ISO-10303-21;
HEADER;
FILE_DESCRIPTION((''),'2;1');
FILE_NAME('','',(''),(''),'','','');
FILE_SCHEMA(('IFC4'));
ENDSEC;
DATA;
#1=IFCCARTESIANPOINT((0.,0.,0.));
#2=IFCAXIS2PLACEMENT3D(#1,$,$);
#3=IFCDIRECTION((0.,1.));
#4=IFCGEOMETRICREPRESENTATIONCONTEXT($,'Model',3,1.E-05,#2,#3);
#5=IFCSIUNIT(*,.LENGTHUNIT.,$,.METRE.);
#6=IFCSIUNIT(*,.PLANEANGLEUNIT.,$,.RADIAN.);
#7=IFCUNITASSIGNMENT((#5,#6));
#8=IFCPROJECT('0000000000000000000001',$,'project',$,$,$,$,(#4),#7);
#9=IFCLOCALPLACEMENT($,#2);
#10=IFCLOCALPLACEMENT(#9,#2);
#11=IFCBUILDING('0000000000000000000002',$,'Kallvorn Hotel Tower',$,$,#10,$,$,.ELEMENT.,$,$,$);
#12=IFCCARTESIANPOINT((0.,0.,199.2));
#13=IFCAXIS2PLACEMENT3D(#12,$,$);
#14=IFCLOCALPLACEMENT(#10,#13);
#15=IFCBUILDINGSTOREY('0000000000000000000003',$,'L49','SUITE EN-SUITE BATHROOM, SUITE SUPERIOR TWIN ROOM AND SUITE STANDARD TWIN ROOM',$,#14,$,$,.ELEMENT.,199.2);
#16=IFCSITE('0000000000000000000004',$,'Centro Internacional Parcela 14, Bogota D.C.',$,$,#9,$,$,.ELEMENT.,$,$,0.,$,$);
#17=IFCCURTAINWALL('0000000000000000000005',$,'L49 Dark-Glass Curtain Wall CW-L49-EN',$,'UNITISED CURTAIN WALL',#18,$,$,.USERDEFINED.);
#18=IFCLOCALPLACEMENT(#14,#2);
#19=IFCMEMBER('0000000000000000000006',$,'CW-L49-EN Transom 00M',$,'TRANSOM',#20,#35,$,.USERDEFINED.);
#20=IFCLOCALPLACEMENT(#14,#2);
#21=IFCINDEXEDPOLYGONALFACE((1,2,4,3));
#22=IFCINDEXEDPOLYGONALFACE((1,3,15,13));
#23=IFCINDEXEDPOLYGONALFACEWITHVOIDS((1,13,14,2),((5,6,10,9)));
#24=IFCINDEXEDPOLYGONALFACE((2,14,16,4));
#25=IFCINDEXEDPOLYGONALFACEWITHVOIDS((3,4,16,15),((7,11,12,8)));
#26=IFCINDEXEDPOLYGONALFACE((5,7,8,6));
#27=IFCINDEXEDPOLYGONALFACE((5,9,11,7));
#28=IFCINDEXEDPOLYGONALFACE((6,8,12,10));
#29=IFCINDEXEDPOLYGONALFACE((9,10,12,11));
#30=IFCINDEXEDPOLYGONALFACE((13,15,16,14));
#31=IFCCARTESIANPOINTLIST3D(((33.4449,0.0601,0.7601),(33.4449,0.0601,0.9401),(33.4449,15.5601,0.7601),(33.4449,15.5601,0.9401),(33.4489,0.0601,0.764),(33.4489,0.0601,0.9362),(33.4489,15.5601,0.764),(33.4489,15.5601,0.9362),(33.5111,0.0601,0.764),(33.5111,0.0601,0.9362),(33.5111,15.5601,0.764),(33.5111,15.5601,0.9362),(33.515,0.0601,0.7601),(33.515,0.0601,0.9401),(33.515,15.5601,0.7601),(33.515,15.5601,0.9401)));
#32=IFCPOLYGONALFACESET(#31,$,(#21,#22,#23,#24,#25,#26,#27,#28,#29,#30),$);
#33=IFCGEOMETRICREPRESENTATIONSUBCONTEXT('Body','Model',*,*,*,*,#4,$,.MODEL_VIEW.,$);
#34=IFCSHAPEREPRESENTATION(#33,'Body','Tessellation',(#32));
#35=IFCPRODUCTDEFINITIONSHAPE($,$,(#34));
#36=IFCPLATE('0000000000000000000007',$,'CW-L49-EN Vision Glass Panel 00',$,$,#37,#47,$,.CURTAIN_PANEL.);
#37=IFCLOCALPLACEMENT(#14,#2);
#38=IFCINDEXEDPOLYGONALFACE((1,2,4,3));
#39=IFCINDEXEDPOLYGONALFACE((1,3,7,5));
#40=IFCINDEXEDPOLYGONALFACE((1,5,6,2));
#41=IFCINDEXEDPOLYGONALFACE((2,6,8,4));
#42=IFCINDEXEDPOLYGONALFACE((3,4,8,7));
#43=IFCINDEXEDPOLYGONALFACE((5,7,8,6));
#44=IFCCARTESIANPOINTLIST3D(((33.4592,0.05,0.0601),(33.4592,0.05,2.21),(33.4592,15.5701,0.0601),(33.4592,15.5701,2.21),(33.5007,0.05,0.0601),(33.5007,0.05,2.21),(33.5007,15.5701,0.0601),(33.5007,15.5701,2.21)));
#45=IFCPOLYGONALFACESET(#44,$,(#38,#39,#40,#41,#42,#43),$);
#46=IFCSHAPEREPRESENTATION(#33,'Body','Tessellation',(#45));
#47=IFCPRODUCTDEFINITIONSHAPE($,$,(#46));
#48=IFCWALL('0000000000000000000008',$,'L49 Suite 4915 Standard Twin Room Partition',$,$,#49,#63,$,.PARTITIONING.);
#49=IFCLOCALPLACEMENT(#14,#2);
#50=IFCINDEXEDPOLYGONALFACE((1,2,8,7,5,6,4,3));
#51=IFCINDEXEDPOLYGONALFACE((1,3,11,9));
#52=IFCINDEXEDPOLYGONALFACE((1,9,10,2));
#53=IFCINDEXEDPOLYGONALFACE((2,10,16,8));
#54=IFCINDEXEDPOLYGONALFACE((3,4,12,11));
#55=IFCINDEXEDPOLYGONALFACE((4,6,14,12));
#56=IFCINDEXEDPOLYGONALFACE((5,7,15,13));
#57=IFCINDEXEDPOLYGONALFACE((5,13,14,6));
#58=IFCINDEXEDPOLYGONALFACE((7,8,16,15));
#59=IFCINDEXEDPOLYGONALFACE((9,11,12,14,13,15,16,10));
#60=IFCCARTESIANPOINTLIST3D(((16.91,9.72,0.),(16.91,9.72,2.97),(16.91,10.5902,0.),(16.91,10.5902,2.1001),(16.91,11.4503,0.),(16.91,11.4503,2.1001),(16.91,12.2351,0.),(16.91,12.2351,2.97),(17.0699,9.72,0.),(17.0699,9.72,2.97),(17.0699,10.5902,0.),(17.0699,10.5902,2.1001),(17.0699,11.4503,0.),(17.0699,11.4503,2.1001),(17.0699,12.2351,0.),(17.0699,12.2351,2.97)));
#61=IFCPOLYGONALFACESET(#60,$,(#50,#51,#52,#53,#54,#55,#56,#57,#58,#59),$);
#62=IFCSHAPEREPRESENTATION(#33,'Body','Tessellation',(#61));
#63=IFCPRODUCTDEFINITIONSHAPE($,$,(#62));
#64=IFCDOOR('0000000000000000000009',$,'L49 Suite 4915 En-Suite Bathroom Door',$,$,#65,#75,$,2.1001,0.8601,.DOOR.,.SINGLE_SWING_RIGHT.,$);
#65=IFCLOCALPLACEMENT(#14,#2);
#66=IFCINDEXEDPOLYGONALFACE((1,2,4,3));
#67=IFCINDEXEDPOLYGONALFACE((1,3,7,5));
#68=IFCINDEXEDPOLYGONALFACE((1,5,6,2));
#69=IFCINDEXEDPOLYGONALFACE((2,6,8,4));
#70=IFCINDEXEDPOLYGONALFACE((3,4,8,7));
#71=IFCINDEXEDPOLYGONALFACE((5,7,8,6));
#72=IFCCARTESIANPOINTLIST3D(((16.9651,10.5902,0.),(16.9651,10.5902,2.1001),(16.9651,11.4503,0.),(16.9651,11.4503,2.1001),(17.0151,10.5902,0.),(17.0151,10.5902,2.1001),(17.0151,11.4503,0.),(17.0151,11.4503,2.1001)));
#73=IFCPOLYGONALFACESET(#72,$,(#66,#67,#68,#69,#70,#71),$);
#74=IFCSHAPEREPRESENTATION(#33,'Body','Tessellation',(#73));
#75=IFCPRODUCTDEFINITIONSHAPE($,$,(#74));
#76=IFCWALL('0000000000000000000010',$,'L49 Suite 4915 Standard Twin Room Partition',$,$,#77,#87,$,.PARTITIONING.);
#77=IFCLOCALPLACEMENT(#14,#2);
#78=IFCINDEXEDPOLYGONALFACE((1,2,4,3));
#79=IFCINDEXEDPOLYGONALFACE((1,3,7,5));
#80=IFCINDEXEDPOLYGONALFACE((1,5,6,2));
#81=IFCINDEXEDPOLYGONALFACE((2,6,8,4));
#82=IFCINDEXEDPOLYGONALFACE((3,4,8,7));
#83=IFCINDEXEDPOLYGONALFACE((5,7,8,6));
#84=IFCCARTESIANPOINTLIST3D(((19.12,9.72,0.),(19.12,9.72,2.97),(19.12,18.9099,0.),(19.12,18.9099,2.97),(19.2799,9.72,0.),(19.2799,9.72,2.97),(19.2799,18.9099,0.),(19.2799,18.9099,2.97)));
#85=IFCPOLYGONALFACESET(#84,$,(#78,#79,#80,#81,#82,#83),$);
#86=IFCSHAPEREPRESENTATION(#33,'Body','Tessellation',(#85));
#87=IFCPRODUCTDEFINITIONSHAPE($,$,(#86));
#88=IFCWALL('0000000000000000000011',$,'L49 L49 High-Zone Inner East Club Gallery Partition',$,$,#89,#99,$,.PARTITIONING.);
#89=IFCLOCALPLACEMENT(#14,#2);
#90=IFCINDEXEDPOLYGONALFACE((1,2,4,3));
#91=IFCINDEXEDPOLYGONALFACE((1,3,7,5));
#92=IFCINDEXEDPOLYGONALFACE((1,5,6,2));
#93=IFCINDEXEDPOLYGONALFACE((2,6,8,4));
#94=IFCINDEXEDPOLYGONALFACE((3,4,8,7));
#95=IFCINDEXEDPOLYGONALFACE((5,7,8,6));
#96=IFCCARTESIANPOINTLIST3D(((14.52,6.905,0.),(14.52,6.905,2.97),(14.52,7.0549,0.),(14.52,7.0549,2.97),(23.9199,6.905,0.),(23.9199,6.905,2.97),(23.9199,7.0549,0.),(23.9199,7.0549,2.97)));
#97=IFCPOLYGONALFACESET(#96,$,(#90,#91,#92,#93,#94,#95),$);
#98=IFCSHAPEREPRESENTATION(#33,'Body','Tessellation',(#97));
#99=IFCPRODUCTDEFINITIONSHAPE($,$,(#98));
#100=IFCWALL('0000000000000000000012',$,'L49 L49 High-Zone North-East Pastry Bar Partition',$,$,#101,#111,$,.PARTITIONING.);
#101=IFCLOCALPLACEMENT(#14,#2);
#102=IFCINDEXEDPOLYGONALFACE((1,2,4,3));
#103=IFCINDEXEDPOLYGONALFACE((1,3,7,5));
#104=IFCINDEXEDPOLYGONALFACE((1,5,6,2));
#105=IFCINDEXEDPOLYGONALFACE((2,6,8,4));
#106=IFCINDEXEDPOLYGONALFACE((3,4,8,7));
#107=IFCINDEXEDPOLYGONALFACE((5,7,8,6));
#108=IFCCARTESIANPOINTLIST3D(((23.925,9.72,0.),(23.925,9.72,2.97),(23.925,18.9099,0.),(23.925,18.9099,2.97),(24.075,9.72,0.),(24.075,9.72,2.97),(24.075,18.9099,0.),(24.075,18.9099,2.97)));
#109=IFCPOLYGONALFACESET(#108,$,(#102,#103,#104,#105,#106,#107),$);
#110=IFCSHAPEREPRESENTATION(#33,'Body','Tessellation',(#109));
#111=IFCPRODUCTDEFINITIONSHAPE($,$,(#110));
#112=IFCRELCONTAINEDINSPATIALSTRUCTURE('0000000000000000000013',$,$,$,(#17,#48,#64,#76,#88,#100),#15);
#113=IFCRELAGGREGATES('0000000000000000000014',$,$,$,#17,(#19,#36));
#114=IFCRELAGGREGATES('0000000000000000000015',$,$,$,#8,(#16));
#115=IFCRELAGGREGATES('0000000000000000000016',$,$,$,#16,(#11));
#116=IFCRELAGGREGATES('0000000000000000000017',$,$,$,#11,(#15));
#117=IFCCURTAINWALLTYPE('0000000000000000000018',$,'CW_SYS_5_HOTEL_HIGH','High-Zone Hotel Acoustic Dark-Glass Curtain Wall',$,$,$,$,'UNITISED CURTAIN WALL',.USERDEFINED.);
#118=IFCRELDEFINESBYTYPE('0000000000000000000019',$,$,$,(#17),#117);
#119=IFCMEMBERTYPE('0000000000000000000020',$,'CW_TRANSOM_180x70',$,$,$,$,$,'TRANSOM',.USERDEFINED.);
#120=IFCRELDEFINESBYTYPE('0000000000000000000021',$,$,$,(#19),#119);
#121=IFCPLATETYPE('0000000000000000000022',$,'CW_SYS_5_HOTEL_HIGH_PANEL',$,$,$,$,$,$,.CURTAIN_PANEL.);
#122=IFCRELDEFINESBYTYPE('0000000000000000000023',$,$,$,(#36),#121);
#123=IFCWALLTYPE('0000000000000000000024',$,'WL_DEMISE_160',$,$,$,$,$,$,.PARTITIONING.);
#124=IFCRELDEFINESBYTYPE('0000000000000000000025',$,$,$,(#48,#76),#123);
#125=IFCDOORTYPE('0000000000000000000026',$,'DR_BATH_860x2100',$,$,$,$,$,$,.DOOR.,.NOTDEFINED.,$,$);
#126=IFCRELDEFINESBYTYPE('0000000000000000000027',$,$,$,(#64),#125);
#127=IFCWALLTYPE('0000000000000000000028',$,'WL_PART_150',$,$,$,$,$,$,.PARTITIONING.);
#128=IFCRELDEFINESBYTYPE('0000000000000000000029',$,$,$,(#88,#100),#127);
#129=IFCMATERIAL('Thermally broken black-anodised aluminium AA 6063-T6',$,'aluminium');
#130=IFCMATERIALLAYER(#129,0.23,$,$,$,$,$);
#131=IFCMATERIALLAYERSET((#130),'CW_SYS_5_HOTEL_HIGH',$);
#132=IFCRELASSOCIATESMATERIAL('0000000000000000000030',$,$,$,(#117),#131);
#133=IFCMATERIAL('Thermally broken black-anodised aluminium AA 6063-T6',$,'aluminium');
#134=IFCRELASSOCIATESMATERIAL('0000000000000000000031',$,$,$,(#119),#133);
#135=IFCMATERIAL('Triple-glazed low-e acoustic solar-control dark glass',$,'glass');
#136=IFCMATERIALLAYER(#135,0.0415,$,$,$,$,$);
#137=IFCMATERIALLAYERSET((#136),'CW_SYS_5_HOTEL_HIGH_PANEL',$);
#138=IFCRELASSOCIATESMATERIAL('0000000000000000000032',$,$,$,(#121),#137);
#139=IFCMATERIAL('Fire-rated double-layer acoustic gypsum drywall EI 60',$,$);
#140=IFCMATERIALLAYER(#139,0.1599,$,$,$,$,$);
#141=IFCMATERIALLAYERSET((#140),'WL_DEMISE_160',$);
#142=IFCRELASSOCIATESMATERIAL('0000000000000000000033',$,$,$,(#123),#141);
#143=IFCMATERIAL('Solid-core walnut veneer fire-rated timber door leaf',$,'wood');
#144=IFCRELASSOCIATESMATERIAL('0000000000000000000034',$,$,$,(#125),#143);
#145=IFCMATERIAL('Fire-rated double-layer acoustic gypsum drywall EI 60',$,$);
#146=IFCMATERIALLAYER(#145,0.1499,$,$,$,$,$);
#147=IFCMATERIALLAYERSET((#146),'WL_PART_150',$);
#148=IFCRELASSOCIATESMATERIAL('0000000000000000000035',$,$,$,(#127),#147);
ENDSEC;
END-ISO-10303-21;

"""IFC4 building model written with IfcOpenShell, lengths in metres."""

from ifc_helpers import new_model, si_unit, direction, frame, frame_2d, origin, origin_2d, place, context, subcontext, project, spatial, rectangle, hollow_rectangle, extrude, material, layer, layer_set, material_profile, profile_set, type_object, element, fill, aggregate, save


model = new_model("IFC4")

# Units and contexts
model_context = context("Model", 3, precision=1e-05, world=origin(), true_north=direction((0.0, 1.0)))
body_context = subcontext(model_context, "Body", "Model", "MODEL_VIEW")
ifc_project = project(units=[si_unit("LENGTHUNIT", "METRE"), si_unit("PLANEANGLEUNIT", "RADIAN")], contexts=[model_context])

# Site, building, storey
site_placement = place(None, origin())
site = spatial("IfcSite", under=ifc_project, at=site_placement, Name="Centro Internacional Parcela 14, Bogota D.C.", CompositionType="ELEMENT", RefElevation=0.0)
building_placement = place(site_placement, origin())
building = spatial("IfcBuilding", under=site, at=building_placement, Name="Kallvorn Hotel Tower", CompositionType="ELEMENT")
storey_placement = place(building_placement, frame((0.0, 0.0, 199.2)))
storey = spatial("IfcBuildingStorey", under=building, at=storey_placement, Name="L49", Description="SUITE EN-SUITE BATHROOM, SUITE SUPERIOR TWIN ROOM AND SUITE STANDARD TWIN ROOM", CompositionType="ELEMENT", Elevation=199.2)

# Curtain wall, member, plate
ifc_material_1 = material(Name="Thermally broken black-anodised aluminium AA 6063-T6", Category="aluminium")
ifc_layer_1 = layer(ifc_material_1, 0.23)
ifc_layer_set_1 = layer_set([ifc_layer_1], Name="CW_SYS_5_HOTEL_HIGH")
curtain_wall_type = type_object("IfcCurtainWallType", Name="CW_SYS_5_HOTEL_HIGH", Description="High-Zone Hotel Acoustic Dark-Glass Curtain Wall", ElementType="UNITISED CURTAIN WALL", PredefinedType="USERDEFINED", material=ifc_layer_set_1)
curtain_wall_placement = place(storey_placement, origin())
curtain_wall = element("IfcCurtainWall", 1, at=curtain_wall_placement, inside=storey, type_object=curtain_wall_type, Name="L49 Dark-Glass Curtain Wall CW-L49-EN", ObjectType="UNITISED CURTAIN WALL", PredefinedType="USERDEFINED")
ifc_material_2 = material(Name="Thermally broken black-anodised aluminium AA 6063-T6", Category="aluminium")
ifc_material_profile_1 = material_profile(ifc_material_2, hollow_rectangle(XDim=0.0701, YDim=0.1799, WallThickness=0.0039, at=origin_2d()), Name="TRN 180x70")
ifc_profile_set_1 = profile_set([ifc_material_profile_1], Name="Thermally broken black-anodised aluminium AA 6063-T6")
member_type_1 = type_object("IfcMemberType", Name="CW_TRANSOM_180x70", ElementType="TRANSOM", PredefinedType="USERDEFINED", material=ifc_profile_set_1)
member_1_placement = place(storey_placement, frame((33.48, 0.0601, 0.8501), z_axis=(0.0, 1.0, 0.0), x_axis=(-1.0, 0.0, 0.0)))
member_1 = element("IfcMember", 2, at=member_1_placement, type_object=member_type_1, Name="CW-L49-EN Transom 00M", ObjectType="TRANSOM", PredefinedType="USERDEFINED", context=body_context, shape_type="SweptSolid", body=[
    extrude(hollow_rectangle(XDim=0.0701, YDim=0.1799, WallThickness=0.0039, at=origin_2d()), origin(), (0.0, 0.0, 1.0), 15.5),
])
ifc_material_3 = material(Name="Triple-glazed low-e acoustic solar-control dark glass", Category="glass")
ifc_layer_2 = layer(ifc_material_3, 0.0415)
ifc_layer_set_2 = layer_set([ifc_layer_2], Name="CW_SYS_5_HOTEL_HIGH_PANEL")
plate_type = type_object("IfcPlateType", Name="CW_SYS_5_HOTEL_HIGH_PANEL", PredefinedType="CURTAIN_PANEL", material=ifc_layer_set_2)
plate_placement = place(storey_placement, frame((33.48, 7.8101, 0.0601), z_axis=(0.0, 0.0, 1.0), x_axis=(0.0, 1.0, 0.0)))
plate = element("IfcPlate", 3, at=plate_placement, type_object=plate_type, Name="CW-L49-EN Vision Glass Panel 00", PredefinedType="CURTAIN_PANEL", context=body_context, shape_type="SweptSolid", body=[
    extrude(rectangle(XDim=15.52, YDim=0.0415, at=origin_2d()), origin(), (0.0, 0.0, 1.0), 2.1499),
])
aggregate(curtain_wall, [member_1, plate])

# Wall, opening, door
ifc_material_4 = material(Name="Fire-rated double-layer acoustic gypsum drywall EI 60")
ifc_layer_3 = layer(ifc_material_4, 0.1599)
ifc_layer_set_3 = layer_set([ifc_layer_3], Name="WL_DEMISE_160")
wall_type_1 = type_object("IfcWallType", Name="WL_DEMISE_160", PredefinedType="PARTITIONING", material=ifc_layer_set_3)
wall_1_placement = place(storey_placement, frame((16.99, 9.72, 0.0), z_axis=(0.0, 0.0, 1.0), x_axis=(0.0, 1.0, 0.0)))
wall_1 = element("IfcWall", 4, at=wall_1_placement, inside=storey, type_object=wall_type_1, Name="L49 Suite 4915 Standard Twin Room Partition", PredefinedType="PARTITIONING", context=body_context, shape_type="SweptSolid", body=[
    extrude(rectangle(XDim=2.5151, YDim=0.1599, at=frame_2d((1.2576, 0.0))), origin(), (0.0, 0.0, 1.0), 2.97),
])
opening_placement = place(wall_1_placement, frame((0.8701, 0.0, 0.0)))
opening = element("IfcOpeningElement", 5, at=opening_placement, cuts=wall_1, PredefinedType="OPENING", context=body_context, shape_type="SweptSolid", body=[
    extrude(rectangle(XDim=0.8601, YDim=2.1001, at=frame_2d((0.4302, 1.05))), frame((0.0, 0.095, 0.0), z_axis=(0.0, -1.0, 0.0), x_axis=(1.0, 0.0, 0.0)), (0.0, 0.0, 1.0), 0.1899),
])
ifc_material_5 = material(Name="Solid-core walnut veneer fire-rated timber door leaf", Category="wood")
door_type = type_object("IfcDoorType", Name="DR_BATH_860x2100", OperationType="NOTDEFINED", PredefinedType="DOOR", material=ifc_material_5)
door_placement = place(opening_placement, origin())
door = element("IfcDoor", 6, at=door_placement, inside=storey, type_object=door_type, Name="L49 Suite 4915 En-Suite Bathroom Door", OperationType="SINGLE_SWING_RIGHT", OverallHeight=2.1001, OverallWidth=0.8601, PredefinedType="DOOR", context=body_context, shape_type="SweptSolid", body=[
    extrude(rectangle(XDim=0.8601, YDim=2.1001, at=frame_2d((0.4302, 1.05))), frame((0.0, 0.0249, 0.0), z_axis=(0.0, -1.0, 0.0), x_axis=(1.0, 0.0, 0.0)), (0.0, 0.0, 1.0), 0.05),
])
fill(opening, door)

# Walls
wall_2_placement = place(storey_placement, frame((19.2, 9.72, 0.0), z_axis=(0.0, 0.0, 1.0), x_axis=(0.0, 1.0, 0.0)))
element("IfcWall", 7, at=wall_2_placement, inside=storey, type_object=wall_type_1, Name="L49 Suite 4915 Standard Twin Room Partition", PredefinedType="PARTITIONING", context=body_context, shape_type="SweptSolid", body=[
    extrude(rectangle(XDim=9.1899, YDim=0.1599, at=frame_2d((4.595, 0.0))), origin(), (0.0, 0.0, 1.0), 2.97),
])
ifc_material_6 = material(Name="Fire-rated double-layer acoustic gypsum drywall EI 60")
ifc_layer_4 = layer(ifc_material_6, 0.1499)
ifc_layer_set_4 = layer_set([ifc_layer_4], Name="WL_PART_150")
wall_type_2 = type_object("IfcWallType", Name="WL_PART_150", PredefinedType="PARTITIONING", material=ifc_layer_set_4)
wall_3_placement = place(storey_placement, frame((14.52, 6.98, 0.0), z_axis=(0.0, 0.0, 1.0), x_axis=(1.0, 0.0, 0.0)))
element("IfcWall", 8, at=wall_3_placement, inside=storey, type_object=wall_type_2, Name="L49 L49 High-Zone Inner East Club Gallery Partition", PredefinedType="PARTITIONING", context=body_context, shape_type="SweptSolid", body=[
    extrude(rectangle(XDim=9.3999, YDim=0.1499, at=frame_2d((4.7, 0.0))), origin(), (0.0, 0.0, 1.0), 2.97),
])
wall_4_placement = place(storey_placement, frame((24.0, 9.72, 0.0), z_axis=(0.0, 0.0, 1.0), x_axis=(0.0, 1.0, 0.0)))
element("IfcWall", 9, at=wall_4_placement, inside=storey, type_object=wall_type_2, Name="L49 L49 High-Zone North-East Pastry Bar Partition", PredefinedType="PARTITIONING", context=body_context, shape_type="SweptSolid", body=[
    extrude(rectangle(XDim=9.1899, YDim=0.1499, at=frame_2d((4.595, 0.0))), origin(), (0.0, 0.0, 1.0), 2.97),
])

save(model, "model.ifc")
